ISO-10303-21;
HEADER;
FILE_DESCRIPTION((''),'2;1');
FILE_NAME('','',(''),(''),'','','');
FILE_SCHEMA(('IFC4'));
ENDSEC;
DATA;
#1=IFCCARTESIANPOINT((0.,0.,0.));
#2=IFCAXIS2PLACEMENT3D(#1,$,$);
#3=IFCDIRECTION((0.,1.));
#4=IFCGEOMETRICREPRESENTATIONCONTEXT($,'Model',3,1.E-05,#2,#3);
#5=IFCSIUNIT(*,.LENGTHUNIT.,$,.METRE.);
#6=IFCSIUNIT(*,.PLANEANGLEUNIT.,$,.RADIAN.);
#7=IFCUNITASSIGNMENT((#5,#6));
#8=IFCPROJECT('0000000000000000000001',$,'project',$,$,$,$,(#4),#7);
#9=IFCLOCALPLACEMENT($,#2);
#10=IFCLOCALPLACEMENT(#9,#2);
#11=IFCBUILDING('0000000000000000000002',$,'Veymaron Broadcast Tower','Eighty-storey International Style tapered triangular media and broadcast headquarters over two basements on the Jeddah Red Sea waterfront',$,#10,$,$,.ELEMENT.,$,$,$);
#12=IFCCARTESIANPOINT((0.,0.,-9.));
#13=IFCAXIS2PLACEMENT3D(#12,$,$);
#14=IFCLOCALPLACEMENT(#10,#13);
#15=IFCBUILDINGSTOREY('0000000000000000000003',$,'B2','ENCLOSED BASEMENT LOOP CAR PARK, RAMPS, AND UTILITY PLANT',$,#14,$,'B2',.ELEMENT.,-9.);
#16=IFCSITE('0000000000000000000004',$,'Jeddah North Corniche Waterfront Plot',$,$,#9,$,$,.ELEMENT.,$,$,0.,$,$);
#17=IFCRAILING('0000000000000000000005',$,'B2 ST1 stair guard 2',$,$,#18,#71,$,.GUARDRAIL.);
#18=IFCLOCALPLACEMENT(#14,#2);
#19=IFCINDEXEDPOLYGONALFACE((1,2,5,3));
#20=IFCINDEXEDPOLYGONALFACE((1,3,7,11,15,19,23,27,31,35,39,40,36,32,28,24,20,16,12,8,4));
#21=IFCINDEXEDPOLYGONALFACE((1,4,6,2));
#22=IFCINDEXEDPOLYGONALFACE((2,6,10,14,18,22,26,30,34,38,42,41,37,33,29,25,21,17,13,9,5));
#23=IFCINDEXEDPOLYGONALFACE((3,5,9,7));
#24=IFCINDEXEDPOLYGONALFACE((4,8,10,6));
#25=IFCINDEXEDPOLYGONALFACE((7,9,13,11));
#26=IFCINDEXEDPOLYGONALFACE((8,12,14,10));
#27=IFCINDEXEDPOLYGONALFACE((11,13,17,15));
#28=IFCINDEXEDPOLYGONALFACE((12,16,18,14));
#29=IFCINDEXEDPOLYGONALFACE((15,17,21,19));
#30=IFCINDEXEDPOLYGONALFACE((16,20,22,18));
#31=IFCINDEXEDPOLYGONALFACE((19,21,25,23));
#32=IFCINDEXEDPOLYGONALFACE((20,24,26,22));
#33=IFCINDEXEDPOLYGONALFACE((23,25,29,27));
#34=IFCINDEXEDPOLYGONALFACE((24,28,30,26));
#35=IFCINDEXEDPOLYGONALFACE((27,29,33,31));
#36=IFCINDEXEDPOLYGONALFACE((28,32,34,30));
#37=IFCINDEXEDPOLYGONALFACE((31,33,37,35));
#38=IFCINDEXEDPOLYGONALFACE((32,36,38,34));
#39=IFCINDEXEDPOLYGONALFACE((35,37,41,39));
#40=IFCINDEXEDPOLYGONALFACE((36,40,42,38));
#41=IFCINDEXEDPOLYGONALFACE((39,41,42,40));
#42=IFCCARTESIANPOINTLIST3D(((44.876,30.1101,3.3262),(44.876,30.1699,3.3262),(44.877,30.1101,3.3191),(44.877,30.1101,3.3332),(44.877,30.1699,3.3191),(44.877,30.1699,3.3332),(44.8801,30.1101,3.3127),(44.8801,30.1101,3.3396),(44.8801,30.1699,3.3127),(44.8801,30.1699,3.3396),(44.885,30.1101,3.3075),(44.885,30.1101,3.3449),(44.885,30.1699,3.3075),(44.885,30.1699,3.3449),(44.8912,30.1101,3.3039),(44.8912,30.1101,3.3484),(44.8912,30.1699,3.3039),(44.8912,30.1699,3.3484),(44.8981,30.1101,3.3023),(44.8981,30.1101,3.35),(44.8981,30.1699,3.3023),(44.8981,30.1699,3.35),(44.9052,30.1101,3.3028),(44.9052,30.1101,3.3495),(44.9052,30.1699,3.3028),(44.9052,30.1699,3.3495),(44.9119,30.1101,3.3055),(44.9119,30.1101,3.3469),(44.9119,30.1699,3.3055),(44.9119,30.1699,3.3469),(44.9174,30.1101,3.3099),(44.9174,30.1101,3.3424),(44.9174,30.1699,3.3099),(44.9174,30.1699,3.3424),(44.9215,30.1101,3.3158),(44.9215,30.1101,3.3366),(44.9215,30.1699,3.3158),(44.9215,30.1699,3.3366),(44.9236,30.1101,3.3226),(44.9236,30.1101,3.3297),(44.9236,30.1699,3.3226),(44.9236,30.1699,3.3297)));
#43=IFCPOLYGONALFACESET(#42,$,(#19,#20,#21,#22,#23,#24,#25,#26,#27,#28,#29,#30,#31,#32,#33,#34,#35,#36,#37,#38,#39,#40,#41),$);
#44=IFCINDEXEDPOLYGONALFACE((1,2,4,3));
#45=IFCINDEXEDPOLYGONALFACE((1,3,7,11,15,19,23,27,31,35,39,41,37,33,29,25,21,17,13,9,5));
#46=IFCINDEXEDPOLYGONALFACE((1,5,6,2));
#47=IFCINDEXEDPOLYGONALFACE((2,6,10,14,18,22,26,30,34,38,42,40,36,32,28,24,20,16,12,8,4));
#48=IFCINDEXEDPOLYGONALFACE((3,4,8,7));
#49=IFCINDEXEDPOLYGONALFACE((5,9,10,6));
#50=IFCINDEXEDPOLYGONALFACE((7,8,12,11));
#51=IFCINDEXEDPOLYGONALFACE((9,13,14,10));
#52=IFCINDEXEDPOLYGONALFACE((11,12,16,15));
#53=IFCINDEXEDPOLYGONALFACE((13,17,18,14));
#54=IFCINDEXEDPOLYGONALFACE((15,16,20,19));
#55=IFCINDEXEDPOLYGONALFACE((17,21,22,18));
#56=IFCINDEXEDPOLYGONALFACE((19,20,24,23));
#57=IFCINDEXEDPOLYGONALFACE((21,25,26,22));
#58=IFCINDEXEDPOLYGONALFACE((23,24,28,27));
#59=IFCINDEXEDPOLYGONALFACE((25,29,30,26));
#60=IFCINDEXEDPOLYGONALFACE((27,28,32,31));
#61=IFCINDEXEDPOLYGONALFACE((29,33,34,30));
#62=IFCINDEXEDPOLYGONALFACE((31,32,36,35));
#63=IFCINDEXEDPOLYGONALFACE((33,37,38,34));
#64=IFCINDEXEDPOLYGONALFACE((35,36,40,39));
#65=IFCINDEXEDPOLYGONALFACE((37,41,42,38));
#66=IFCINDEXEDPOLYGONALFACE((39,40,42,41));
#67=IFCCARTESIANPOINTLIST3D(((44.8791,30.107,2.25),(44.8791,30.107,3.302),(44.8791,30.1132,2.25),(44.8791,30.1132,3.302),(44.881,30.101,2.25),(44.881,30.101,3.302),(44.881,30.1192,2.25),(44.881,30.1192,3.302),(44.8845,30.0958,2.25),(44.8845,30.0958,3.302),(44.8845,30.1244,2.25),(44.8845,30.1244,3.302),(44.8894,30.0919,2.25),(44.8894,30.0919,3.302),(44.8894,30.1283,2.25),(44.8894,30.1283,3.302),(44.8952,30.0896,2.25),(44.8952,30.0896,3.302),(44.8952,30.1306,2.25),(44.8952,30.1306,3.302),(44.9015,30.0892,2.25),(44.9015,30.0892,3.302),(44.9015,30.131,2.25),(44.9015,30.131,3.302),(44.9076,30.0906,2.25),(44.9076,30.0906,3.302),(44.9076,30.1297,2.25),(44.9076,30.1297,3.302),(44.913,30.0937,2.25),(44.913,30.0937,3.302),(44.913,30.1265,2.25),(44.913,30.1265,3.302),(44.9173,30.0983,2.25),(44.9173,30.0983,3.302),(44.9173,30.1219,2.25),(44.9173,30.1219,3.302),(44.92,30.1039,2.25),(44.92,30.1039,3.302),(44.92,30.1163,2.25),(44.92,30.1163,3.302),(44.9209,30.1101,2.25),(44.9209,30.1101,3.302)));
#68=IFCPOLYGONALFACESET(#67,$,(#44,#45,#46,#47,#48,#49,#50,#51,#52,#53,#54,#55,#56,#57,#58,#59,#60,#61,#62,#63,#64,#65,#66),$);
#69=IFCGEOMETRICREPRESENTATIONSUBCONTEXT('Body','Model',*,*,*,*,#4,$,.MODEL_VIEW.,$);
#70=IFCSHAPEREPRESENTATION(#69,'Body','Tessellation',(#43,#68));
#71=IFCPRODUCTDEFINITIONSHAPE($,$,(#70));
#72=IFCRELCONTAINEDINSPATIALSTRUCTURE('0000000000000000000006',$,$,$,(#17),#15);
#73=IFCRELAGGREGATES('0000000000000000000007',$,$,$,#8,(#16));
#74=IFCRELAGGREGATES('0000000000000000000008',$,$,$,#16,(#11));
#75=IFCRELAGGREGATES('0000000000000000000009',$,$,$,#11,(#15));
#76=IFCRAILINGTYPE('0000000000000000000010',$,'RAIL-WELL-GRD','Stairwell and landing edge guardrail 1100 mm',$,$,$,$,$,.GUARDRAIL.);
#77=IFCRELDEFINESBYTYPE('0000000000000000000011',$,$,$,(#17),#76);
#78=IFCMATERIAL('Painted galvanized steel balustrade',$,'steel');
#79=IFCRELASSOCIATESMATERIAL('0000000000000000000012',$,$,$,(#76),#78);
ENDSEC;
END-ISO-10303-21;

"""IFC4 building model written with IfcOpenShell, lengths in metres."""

from ifc_helpers import new_model, si_unit, direction, frame, origin, origin_2d, place, context, subcontext, project, spatial, circle, extrude, material, type_object, element, save


model = new_model("IFC4")

# Units and contexts
model_context = context("Model", 3, precision=1e-05, world=origin(), true_north=direction((0.0, 1.0)))
body_context = subcontext(model_context, "Body", "Model", "MODEL_VIEW")
ifc_project = project(units=[si_unit("LENGTHUNIT", "METRE"), si_unit("PLANEANGLEUNIT", "RADIAN")], contexts=[model_context])

# Site, building, storey
site_placement = place(None, origin())
site = spatial("IfcSite", under=ifc_project, at=site_placement, Name="Jeddah North Corniche Waterfront Plot", CompositionType="ELEMENT", RefElevation=0.0)
building_placement = place(site_placement, origin())
building = spatial("IfcBuilding", under=site, at=building_placement, Name="Veymaron Broadcast Tower", Description="Eighty-storey International Style tapered triangular media and broadcast headquarters over two basements on the Jeddah Red Sea waterfront", CompositionType="ELEMENT")
storey_placement = place(building_placement, frame((0.0, 0.0, -9.0)))
storey = spatial("IfcBuildingStorey", under=building, at=storey_placement, Name="B2", Description="ENCLOSED BASEMENT LOOP CAR PARK, RAMPS, AND UTILITY PLANT", LongName="B2", CompositionType="ELEMENT", Elevation=-9.0)

# Railing
ifc_material_1 = material(Name="Painted galvanized steel balustrade", Category="steel")
railing_type_1 = type_object("IfcRailingType", Name="RAIL-WELL-GRD", Description="Stairwell and landing edge guardrail 1100 mm", PredefinedType="GUARDRAIL", material=ifc_material_1)
railing_1_placement = place(storey_placement, frame((44.8999, 30.1101, 2.25)))
element("IfcRailing", 1, at=railing_1_placement, inside=storey, type_object=railing_type_1, Name="B2 ST1 stair guard 2", PredefinedType="GUARDRAIL", context=body_context, shape_type="SweptSolid", body=[
    extrude(circle(Radius=0.0239, at=origin_2d()), frame((0.0, 0.0, 1.0762), z_axis=(0.0, 1.0, 0.0), x_axis=(-1.0, 0.0, 0.0)), (0.0, 0.0, 1.0), 0.0598),
    extrude(circle(Radius=0.021, at=origin_2d()), origin(), (0.0, 0.0, 1.0), 1.052),
])

save(model, "model.ifc")
